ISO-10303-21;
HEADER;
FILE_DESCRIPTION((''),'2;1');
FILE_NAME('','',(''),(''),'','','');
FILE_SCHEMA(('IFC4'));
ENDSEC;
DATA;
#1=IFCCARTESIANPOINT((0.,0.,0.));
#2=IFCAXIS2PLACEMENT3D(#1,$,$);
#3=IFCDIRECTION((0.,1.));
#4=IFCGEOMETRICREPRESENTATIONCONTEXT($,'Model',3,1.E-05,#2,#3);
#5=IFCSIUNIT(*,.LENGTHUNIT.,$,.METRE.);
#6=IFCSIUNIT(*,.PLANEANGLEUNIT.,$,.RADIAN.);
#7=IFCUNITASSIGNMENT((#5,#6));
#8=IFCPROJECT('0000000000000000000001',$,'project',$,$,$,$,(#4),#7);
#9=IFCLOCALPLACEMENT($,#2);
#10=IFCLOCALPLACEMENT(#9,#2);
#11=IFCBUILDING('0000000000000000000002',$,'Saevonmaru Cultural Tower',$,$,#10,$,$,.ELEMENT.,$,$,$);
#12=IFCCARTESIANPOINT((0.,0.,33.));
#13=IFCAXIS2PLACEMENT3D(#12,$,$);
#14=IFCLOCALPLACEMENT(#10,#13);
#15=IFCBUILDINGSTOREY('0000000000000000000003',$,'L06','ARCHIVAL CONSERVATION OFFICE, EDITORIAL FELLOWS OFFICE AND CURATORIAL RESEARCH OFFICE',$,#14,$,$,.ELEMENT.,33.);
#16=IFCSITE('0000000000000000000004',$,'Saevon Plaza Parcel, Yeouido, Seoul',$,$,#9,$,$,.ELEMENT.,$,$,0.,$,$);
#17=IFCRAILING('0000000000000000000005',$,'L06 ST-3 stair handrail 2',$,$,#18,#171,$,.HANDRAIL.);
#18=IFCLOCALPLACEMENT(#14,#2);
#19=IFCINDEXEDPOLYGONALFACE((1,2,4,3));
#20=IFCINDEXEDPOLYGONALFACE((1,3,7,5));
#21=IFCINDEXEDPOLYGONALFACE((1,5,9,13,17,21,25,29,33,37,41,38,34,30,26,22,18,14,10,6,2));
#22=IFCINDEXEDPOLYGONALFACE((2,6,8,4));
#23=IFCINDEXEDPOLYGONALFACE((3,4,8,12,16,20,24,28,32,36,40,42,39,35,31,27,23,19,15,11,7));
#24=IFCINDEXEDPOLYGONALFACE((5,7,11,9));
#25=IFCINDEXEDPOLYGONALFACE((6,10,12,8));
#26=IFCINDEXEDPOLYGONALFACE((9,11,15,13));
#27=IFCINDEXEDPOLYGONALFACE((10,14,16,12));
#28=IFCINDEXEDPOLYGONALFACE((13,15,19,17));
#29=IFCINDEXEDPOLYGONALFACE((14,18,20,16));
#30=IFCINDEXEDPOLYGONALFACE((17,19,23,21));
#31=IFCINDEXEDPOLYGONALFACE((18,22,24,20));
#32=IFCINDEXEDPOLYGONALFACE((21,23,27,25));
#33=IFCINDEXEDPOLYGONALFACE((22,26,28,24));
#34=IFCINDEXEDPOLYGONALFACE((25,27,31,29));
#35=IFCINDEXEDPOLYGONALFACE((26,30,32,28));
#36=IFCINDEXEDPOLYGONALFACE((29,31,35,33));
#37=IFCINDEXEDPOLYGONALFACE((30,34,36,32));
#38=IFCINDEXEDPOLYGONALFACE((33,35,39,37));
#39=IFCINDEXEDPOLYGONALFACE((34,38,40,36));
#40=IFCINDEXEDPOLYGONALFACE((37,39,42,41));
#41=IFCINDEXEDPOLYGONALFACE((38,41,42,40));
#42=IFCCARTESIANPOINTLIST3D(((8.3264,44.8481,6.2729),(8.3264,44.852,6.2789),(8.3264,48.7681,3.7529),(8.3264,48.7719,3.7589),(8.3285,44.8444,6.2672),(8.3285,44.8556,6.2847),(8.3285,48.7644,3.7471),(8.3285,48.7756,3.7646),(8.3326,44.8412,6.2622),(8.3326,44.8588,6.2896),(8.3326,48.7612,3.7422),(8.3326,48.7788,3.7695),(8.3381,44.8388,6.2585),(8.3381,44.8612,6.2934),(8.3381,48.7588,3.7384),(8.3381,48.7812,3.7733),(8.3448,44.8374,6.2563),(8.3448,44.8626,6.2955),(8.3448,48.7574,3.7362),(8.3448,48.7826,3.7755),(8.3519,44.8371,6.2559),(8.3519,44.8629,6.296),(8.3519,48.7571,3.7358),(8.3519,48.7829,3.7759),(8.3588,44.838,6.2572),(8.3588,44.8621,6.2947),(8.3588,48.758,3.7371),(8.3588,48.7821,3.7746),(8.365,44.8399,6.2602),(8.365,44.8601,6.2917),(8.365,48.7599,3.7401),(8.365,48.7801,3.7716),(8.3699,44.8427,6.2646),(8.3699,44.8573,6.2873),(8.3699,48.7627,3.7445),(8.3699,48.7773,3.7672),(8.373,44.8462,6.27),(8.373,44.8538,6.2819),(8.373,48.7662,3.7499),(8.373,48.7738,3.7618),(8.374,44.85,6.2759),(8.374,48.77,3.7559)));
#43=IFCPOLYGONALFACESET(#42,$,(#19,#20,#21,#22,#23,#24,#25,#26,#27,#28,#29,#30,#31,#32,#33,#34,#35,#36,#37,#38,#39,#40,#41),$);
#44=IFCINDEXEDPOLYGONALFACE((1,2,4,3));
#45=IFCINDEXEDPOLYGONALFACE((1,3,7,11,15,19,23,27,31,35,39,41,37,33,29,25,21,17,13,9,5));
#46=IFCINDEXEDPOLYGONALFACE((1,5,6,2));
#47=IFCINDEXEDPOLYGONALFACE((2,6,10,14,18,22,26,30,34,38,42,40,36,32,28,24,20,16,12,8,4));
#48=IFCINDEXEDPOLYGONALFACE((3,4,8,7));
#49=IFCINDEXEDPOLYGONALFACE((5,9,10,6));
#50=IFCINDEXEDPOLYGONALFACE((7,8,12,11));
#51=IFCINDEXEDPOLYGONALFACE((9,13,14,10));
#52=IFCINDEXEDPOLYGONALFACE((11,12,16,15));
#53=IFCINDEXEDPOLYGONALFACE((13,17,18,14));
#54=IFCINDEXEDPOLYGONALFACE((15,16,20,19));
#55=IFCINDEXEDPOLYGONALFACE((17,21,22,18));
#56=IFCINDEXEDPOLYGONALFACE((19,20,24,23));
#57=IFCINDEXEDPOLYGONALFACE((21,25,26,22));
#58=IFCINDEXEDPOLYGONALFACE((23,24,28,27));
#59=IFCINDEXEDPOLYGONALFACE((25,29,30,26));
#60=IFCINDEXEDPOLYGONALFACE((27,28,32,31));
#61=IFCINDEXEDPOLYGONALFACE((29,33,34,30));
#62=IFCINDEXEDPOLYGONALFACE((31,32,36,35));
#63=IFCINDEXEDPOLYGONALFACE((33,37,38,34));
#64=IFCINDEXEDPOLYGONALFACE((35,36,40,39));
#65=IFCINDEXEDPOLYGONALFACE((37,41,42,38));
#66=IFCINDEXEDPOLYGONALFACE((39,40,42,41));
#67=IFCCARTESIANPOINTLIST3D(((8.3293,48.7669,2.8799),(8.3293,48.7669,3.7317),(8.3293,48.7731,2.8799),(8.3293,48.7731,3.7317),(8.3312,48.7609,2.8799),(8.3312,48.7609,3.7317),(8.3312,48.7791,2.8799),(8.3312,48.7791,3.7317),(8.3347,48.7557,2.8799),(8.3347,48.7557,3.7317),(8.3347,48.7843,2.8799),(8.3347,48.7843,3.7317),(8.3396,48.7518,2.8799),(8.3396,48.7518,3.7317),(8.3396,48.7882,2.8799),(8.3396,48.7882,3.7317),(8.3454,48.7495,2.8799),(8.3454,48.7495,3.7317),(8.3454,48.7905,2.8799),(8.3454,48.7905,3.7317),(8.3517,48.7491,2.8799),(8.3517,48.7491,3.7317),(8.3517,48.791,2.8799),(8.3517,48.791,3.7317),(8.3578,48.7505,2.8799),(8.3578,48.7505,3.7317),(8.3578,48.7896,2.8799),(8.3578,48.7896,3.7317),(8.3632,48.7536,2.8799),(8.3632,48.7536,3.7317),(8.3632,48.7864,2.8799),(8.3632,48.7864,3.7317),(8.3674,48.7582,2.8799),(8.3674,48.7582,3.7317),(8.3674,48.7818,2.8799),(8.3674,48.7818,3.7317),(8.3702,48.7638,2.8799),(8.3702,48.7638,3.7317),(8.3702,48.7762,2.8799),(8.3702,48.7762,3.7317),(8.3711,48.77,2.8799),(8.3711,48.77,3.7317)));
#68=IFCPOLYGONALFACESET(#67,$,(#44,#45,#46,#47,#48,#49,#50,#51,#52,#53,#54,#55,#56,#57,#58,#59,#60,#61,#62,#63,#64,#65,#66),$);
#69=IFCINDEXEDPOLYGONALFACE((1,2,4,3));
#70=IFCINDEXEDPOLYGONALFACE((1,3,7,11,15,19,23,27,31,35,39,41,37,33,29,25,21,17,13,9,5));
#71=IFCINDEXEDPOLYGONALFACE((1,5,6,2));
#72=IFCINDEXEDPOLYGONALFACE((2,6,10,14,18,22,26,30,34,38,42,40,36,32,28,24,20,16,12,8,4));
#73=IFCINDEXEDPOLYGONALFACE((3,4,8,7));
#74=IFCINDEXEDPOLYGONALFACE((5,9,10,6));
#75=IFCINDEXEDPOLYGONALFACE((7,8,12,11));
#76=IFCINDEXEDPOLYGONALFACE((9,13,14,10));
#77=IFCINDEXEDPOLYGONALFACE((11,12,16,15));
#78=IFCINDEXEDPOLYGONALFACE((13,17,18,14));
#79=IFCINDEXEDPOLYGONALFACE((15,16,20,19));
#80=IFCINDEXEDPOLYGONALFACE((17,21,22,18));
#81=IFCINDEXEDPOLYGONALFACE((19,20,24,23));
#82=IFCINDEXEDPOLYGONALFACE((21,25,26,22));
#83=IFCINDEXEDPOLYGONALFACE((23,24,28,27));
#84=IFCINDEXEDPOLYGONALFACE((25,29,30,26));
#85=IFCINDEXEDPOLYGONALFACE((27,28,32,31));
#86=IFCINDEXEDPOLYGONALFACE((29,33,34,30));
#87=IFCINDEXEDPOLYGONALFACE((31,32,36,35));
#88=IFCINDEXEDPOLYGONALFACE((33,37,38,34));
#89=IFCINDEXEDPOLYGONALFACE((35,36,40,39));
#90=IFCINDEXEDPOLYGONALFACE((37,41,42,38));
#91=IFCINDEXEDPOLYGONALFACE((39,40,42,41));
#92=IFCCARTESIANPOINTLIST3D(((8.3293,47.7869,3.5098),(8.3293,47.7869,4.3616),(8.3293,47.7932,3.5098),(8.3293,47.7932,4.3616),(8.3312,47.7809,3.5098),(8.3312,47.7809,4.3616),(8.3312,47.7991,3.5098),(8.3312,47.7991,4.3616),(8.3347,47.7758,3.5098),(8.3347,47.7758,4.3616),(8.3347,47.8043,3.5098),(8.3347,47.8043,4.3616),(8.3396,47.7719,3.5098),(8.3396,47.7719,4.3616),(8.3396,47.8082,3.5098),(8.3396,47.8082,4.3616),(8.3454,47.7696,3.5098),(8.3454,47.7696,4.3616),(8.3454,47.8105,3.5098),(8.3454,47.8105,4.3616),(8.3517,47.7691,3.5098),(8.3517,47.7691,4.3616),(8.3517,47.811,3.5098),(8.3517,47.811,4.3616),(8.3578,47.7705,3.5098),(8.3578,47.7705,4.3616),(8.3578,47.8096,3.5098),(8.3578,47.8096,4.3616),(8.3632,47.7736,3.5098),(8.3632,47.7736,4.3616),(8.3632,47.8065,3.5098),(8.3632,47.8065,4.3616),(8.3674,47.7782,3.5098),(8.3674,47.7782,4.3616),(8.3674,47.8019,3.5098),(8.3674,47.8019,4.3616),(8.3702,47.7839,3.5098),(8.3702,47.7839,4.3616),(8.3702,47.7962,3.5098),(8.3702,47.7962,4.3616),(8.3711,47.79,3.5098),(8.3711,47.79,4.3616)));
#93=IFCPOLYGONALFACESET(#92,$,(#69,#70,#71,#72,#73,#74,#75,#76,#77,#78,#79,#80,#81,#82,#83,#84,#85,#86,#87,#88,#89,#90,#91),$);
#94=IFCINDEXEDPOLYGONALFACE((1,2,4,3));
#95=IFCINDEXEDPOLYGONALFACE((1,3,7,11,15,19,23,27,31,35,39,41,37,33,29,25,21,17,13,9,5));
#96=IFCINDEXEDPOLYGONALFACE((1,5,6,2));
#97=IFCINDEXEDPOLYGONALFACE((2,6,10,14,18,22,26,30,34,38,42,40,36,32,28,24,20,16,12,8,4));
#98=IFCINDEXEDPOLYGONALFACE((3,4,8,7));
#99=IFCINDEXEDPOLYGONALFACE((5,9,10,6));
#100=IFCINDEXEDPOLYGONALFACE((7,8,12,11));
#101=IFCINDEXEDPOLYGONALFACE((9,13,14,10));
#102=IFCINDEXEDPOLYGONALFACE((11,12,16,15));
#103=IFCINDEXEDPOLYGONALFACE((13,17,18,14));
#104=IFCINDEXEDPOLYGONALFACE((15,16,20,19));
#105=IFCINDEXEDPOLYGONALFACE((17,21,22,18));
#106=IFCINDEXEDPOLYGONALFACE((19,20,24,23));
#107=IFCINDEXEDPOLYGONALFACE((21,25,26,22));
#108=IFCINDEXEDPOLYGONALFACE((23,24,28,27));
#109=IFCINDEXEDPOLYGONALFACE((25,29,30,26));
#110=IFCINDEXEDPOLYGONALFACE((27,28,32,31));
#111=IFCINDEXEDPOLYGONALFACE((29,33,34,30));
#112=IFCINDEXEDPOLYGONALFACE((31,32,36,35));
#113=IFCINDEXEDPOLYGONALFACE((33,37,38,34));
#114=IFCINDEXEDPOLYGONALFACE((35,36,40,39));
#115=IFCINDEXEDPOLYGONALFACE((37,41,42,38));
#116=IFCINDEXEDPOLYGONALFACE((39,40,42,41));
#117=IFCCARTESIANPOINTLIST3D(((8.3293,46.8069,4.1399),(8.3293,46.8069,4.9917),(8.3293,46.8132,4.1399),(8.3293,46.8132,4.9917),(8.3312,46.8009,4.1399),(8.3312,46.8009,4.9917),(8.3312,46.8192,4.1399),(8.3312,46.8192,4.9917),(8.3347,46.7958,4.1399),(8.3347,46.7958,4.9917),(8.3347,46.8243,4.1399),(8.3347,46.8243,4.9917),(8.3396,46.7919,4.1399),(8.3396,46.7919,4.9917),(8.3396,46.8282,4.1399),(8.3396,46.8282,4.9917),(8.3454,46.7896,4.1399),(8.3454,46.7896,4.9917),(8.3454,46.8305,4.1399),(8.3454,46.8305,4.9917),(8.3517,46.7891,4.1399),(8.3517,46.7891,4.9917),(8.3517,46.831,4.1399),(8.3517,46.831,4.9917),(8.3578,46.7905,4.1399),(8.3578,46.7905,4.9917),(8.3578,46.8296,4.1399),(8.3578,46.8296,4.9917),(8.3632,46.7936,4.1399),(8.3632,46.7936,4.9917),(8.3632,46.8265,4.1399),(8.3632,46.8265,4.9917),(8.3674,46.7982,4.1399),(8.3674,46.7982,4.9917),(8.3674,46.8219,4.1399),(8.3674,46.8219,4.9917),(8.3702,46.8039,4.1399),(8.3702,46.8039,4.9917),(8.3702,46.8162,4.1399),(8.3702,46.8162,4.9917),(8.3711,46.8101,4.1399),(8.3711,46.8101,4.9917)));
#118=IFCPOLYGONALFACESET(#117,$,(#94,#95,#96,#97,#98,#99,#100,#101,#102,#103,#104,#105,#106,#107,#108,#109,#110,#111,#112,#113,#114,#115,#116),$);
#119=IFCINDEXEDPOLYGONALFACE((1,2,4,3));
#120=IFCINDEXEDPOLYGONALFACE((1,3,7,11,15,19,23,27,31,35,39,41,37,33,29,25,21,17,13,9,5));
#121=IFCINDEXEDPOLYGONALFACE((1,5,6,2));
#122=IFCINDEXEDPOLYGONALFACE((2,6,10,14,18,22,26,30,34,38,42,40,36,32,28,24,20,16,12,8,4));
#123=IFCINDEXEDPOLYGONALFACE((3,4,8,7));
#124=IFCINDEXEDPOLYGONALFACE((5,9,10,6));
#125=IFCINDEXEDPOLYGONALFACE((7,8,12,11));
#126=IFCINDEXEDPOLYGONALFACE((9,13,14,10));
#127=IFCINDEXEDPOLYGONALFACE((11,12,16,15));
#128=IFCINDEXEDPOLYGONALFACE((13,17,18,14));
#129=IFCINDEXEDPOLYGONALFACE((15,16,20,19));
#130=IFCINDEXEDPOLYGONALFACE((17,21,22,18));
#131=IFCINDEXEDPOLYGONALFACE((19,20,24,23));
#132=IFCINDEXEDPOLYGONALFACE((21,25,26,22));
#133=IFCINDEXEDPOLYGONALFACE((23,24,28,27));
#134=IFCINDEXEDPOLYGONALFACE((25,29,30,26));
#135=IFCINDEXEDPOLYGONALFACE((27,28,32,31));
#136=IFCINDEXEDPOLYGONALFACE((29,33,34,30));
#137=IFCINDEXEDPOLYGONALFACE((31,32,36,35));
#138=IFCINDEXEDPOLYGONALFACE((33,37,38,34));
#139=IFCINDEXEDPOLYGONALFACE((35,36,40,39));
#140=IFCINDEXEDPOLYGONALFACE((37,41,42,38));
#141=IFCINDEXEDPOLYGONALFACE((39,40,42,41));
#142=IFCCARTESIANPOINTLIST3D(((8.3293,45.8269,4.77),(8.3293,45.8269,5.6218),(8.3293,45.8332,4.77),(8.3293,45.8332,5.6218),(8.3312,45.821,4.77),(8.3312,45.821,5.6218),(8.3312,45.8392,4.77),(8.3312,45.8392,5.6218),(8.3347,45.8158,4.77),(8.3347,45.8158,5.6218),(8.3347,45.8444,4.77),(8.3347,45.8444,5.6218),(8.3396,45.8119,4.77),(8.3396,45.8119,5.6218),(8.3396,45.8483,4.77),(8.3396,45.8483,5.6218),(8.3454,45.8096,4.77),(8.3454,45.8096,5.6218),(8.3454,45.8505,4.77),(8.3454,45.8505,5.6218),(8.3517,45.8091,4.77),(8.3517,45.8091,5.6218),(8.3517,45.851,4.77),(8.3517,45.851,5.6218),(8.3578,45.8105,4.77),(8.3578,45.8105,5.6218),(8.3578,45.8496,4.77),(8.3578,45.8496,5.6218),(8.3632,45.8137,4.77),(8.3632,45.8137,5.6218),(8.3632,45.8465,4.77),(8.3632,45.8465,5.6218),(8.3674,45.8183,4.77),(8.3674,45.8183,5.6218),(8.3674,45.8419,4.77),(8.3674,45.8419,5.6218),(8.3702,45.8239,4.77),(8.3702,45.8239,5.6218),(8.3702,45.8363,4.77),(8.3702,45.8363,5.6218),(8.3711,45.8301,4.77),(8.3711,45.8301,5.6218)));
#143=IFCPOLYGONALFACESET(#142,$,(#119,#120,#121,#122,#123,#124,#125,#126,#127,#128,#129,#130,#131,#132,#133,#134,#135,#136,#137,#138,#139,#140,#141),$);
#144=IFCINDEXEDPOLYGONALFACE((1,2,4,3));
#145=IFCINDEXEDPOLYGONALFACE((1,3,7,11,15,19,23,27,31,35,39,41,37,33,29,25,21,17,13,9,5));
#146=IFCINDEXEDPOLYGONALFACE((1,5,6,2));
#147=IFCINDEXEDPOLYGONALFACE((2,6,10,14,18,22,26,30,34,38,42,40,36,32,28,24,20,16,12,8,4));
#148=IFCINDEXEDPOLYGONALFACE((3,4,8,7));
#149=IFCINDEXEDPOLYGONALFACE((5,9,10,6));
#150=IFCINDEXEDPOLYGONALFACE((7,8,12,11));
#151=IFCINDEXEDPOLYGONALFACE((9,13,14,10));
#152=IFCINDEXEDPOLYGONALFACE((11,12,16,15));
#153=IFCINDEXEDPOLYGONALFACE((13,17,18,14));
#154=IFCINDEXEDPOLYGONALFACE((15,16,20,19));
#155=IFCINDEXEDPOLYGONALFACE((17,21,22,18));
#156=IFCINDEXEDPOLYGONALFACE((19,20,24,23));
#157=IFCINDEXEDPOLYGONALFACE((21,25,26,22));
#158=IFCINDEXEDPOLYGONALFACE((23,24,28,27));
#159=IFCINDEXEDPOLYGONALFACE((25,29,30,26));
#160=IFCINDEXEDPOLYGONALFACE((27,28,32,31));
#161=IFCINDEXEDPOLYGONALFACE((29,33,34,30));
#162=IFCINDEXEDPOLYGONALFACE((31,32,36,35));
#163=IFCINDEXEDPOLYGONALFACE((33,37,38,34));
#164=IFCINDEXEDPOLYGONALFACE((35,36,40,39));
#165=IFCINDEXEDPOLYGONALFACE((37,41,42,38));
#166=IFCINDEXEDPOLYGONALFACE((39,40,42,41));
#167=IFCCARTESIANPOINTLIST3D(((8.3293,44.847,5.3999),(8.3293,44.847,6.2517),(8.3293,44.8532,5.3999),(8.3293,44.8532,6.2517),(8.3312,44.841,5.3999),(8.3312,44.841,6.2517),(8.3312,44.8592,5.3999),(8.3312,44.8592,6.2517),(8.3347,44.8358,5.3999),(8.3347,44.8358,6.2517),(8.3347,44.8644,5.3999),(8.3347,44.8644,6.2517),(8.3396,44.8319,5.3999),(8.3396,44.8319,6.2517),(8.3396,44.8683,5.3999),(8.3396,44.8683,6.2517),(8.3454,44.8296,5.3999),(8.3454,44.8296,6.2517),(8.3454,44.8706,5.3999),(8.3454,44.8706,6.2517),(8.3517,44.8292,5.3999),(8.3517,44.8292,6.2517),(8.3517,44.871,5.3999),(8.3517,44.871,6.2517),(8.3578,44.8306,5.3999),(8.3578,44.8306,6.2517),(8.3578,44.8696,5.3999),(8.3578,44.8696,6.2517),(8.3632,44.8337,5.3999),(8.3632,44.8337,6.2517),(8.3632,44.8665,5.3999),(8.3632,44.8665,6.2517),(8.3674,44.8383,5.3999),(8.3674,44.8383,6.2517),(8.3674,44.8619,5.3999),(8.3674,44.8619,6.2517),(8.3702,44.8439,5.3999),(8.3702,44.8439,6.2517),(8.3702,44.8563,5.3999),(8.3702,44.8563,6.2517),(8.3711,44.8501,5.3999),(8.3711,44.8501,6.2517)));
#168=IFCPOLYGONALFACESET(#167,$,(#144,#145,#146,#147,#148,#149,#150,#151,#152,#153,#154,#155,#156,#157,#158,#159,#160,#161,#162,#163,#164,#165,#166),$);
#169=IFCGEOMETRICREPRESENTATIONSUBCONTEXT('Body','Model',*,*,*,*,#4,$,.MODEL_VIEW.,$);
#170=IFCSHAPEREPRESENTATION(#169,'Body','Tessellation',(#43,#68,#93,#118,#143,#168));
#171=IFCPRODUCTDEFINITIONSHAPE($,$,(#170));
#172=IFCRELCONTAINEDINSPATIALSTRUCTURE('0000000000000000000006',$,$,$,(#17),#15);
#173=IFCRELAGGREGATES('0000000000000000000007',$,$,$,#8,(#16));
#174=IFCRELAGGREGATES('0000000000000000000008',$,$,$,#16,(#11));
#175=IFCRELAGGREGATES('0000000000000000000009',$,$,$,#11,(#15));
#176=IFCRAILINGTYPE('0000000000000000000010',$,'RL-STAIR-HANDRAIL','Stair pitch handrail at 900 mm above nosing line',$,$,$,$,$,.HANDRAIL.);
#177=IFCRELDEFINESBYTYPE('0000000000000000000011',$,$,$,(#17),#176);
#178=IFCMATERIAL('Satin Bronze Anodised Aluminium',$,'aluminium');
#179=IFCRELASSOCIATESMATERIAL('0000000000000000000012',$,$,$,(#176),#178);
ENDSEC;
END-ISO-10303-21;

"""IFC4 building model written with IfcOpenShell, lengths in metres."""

from ifc_helpers import new_model, si_unit, direction, frame, origin, origin_2d, place, context, subcontext, project, spatial, circle, extrude, material, type_object, element, save


model = new_model("IFC4")

# Units and contexts
model_context = context("Model", 3, precision=1e-05, world=origin(), true_north=direction((0.0, 1.0)))
body_context = subcontext(model_context, "Body", "Model", "MODEL_VIEW")
ifc_project = project(units=[si_unit("LENGTHUNIT", "METRE"), si_unit("PLANEANGLEUNIT", "RADIAN")], contexts=[model_context])

# Site, building, storey
site_placement = place(None, origin())
site = spatial("IfcSite", under=ifc_project, at=site_placement, Name="Saevon Plaza Parcel, Yeouido, Seoul", CompositionType="ELEMENT", RefElevation=0.0)
building_placement = place(site_placement, origin())
building = spatial("IfcBuilding", under=site, at=building_placement, Name="Saevonmaru Cultural Tower", CompositionType="ELEMENT")
storey_placement = place(building_placement, frame((0.0, 0.0, 33.0)))
storey = spatial("IfcBuildingStorey", under=building, at=storey_placement, Name="L06", Description="ARCHIVAL CONSERVATION OFFICE, EDITORIAL FELLOWS OFFICE AND CURATORIAL RESEARCH OFFICE", CompositionType="ELEMENT", Elevation=33.0)

# Shared definitions
ifc_material_1 = material(Name="Satin Bronze Anodised Aluminium", Category="aluminium")

# Railing
railing_type_1 = type_object("IfcRailingType", Name="RL-STAIR-HANDRAIL", Description="Stair pitch handrail at 900 mm above nosing line", PredefinedType="HANDRAIL", material=ifc_material_1)
railing_1_placement = place(storey_placement, frame((8.3501, 48.77, 2.8799)))
element("IfcRailing", 1, at=railing_1_placement, inside=storey, type_object=railing_type_1, Name="L06 ST-3 stair handrail 2", PredefinedType="HANDRAIL", context=body_context, shape_type="SweptSolid", body=[
    extrude(circle(Radius=0.0239, at=origin_2d()), frame((0.0, 0.0, 0.876), z_axis=(0.0, -0.841172, 0.540768), x_axis=(1.0, 0.0, 0.0)), (0.0, 0.0, 1.0), 4.6602),
    extrude(circle(Radius=0.021, at=origin_2d()), origin(), (0.0, 0.0, 1.0), 0.8518),
    extrude(circle(Radius=0.021, at=origin_2d()), frame((0.0, -0.98, 0.6299)), (0.0, 0.0, 1.0), 0.8518),
    extrude(circle(Radius=0.021, at=origin_2d()), frame((0.0, -1.96, 1.26)), (0.0, 0.0, 1.0), 0.8518),
    extrude(circle(Radius=0.021, at=origin_2d()), frame((0.0, -2.9399, 1.8901)), (0.0, 0.0, 1.0), 0.8518),
    extrude(circle(Radius=0.021, at=origin_2d()), frame((0.0, -3.9199, 2.52)), (0.0, 0.0, 1.0), 0.8518),
])

save(model, "model.ifc")
